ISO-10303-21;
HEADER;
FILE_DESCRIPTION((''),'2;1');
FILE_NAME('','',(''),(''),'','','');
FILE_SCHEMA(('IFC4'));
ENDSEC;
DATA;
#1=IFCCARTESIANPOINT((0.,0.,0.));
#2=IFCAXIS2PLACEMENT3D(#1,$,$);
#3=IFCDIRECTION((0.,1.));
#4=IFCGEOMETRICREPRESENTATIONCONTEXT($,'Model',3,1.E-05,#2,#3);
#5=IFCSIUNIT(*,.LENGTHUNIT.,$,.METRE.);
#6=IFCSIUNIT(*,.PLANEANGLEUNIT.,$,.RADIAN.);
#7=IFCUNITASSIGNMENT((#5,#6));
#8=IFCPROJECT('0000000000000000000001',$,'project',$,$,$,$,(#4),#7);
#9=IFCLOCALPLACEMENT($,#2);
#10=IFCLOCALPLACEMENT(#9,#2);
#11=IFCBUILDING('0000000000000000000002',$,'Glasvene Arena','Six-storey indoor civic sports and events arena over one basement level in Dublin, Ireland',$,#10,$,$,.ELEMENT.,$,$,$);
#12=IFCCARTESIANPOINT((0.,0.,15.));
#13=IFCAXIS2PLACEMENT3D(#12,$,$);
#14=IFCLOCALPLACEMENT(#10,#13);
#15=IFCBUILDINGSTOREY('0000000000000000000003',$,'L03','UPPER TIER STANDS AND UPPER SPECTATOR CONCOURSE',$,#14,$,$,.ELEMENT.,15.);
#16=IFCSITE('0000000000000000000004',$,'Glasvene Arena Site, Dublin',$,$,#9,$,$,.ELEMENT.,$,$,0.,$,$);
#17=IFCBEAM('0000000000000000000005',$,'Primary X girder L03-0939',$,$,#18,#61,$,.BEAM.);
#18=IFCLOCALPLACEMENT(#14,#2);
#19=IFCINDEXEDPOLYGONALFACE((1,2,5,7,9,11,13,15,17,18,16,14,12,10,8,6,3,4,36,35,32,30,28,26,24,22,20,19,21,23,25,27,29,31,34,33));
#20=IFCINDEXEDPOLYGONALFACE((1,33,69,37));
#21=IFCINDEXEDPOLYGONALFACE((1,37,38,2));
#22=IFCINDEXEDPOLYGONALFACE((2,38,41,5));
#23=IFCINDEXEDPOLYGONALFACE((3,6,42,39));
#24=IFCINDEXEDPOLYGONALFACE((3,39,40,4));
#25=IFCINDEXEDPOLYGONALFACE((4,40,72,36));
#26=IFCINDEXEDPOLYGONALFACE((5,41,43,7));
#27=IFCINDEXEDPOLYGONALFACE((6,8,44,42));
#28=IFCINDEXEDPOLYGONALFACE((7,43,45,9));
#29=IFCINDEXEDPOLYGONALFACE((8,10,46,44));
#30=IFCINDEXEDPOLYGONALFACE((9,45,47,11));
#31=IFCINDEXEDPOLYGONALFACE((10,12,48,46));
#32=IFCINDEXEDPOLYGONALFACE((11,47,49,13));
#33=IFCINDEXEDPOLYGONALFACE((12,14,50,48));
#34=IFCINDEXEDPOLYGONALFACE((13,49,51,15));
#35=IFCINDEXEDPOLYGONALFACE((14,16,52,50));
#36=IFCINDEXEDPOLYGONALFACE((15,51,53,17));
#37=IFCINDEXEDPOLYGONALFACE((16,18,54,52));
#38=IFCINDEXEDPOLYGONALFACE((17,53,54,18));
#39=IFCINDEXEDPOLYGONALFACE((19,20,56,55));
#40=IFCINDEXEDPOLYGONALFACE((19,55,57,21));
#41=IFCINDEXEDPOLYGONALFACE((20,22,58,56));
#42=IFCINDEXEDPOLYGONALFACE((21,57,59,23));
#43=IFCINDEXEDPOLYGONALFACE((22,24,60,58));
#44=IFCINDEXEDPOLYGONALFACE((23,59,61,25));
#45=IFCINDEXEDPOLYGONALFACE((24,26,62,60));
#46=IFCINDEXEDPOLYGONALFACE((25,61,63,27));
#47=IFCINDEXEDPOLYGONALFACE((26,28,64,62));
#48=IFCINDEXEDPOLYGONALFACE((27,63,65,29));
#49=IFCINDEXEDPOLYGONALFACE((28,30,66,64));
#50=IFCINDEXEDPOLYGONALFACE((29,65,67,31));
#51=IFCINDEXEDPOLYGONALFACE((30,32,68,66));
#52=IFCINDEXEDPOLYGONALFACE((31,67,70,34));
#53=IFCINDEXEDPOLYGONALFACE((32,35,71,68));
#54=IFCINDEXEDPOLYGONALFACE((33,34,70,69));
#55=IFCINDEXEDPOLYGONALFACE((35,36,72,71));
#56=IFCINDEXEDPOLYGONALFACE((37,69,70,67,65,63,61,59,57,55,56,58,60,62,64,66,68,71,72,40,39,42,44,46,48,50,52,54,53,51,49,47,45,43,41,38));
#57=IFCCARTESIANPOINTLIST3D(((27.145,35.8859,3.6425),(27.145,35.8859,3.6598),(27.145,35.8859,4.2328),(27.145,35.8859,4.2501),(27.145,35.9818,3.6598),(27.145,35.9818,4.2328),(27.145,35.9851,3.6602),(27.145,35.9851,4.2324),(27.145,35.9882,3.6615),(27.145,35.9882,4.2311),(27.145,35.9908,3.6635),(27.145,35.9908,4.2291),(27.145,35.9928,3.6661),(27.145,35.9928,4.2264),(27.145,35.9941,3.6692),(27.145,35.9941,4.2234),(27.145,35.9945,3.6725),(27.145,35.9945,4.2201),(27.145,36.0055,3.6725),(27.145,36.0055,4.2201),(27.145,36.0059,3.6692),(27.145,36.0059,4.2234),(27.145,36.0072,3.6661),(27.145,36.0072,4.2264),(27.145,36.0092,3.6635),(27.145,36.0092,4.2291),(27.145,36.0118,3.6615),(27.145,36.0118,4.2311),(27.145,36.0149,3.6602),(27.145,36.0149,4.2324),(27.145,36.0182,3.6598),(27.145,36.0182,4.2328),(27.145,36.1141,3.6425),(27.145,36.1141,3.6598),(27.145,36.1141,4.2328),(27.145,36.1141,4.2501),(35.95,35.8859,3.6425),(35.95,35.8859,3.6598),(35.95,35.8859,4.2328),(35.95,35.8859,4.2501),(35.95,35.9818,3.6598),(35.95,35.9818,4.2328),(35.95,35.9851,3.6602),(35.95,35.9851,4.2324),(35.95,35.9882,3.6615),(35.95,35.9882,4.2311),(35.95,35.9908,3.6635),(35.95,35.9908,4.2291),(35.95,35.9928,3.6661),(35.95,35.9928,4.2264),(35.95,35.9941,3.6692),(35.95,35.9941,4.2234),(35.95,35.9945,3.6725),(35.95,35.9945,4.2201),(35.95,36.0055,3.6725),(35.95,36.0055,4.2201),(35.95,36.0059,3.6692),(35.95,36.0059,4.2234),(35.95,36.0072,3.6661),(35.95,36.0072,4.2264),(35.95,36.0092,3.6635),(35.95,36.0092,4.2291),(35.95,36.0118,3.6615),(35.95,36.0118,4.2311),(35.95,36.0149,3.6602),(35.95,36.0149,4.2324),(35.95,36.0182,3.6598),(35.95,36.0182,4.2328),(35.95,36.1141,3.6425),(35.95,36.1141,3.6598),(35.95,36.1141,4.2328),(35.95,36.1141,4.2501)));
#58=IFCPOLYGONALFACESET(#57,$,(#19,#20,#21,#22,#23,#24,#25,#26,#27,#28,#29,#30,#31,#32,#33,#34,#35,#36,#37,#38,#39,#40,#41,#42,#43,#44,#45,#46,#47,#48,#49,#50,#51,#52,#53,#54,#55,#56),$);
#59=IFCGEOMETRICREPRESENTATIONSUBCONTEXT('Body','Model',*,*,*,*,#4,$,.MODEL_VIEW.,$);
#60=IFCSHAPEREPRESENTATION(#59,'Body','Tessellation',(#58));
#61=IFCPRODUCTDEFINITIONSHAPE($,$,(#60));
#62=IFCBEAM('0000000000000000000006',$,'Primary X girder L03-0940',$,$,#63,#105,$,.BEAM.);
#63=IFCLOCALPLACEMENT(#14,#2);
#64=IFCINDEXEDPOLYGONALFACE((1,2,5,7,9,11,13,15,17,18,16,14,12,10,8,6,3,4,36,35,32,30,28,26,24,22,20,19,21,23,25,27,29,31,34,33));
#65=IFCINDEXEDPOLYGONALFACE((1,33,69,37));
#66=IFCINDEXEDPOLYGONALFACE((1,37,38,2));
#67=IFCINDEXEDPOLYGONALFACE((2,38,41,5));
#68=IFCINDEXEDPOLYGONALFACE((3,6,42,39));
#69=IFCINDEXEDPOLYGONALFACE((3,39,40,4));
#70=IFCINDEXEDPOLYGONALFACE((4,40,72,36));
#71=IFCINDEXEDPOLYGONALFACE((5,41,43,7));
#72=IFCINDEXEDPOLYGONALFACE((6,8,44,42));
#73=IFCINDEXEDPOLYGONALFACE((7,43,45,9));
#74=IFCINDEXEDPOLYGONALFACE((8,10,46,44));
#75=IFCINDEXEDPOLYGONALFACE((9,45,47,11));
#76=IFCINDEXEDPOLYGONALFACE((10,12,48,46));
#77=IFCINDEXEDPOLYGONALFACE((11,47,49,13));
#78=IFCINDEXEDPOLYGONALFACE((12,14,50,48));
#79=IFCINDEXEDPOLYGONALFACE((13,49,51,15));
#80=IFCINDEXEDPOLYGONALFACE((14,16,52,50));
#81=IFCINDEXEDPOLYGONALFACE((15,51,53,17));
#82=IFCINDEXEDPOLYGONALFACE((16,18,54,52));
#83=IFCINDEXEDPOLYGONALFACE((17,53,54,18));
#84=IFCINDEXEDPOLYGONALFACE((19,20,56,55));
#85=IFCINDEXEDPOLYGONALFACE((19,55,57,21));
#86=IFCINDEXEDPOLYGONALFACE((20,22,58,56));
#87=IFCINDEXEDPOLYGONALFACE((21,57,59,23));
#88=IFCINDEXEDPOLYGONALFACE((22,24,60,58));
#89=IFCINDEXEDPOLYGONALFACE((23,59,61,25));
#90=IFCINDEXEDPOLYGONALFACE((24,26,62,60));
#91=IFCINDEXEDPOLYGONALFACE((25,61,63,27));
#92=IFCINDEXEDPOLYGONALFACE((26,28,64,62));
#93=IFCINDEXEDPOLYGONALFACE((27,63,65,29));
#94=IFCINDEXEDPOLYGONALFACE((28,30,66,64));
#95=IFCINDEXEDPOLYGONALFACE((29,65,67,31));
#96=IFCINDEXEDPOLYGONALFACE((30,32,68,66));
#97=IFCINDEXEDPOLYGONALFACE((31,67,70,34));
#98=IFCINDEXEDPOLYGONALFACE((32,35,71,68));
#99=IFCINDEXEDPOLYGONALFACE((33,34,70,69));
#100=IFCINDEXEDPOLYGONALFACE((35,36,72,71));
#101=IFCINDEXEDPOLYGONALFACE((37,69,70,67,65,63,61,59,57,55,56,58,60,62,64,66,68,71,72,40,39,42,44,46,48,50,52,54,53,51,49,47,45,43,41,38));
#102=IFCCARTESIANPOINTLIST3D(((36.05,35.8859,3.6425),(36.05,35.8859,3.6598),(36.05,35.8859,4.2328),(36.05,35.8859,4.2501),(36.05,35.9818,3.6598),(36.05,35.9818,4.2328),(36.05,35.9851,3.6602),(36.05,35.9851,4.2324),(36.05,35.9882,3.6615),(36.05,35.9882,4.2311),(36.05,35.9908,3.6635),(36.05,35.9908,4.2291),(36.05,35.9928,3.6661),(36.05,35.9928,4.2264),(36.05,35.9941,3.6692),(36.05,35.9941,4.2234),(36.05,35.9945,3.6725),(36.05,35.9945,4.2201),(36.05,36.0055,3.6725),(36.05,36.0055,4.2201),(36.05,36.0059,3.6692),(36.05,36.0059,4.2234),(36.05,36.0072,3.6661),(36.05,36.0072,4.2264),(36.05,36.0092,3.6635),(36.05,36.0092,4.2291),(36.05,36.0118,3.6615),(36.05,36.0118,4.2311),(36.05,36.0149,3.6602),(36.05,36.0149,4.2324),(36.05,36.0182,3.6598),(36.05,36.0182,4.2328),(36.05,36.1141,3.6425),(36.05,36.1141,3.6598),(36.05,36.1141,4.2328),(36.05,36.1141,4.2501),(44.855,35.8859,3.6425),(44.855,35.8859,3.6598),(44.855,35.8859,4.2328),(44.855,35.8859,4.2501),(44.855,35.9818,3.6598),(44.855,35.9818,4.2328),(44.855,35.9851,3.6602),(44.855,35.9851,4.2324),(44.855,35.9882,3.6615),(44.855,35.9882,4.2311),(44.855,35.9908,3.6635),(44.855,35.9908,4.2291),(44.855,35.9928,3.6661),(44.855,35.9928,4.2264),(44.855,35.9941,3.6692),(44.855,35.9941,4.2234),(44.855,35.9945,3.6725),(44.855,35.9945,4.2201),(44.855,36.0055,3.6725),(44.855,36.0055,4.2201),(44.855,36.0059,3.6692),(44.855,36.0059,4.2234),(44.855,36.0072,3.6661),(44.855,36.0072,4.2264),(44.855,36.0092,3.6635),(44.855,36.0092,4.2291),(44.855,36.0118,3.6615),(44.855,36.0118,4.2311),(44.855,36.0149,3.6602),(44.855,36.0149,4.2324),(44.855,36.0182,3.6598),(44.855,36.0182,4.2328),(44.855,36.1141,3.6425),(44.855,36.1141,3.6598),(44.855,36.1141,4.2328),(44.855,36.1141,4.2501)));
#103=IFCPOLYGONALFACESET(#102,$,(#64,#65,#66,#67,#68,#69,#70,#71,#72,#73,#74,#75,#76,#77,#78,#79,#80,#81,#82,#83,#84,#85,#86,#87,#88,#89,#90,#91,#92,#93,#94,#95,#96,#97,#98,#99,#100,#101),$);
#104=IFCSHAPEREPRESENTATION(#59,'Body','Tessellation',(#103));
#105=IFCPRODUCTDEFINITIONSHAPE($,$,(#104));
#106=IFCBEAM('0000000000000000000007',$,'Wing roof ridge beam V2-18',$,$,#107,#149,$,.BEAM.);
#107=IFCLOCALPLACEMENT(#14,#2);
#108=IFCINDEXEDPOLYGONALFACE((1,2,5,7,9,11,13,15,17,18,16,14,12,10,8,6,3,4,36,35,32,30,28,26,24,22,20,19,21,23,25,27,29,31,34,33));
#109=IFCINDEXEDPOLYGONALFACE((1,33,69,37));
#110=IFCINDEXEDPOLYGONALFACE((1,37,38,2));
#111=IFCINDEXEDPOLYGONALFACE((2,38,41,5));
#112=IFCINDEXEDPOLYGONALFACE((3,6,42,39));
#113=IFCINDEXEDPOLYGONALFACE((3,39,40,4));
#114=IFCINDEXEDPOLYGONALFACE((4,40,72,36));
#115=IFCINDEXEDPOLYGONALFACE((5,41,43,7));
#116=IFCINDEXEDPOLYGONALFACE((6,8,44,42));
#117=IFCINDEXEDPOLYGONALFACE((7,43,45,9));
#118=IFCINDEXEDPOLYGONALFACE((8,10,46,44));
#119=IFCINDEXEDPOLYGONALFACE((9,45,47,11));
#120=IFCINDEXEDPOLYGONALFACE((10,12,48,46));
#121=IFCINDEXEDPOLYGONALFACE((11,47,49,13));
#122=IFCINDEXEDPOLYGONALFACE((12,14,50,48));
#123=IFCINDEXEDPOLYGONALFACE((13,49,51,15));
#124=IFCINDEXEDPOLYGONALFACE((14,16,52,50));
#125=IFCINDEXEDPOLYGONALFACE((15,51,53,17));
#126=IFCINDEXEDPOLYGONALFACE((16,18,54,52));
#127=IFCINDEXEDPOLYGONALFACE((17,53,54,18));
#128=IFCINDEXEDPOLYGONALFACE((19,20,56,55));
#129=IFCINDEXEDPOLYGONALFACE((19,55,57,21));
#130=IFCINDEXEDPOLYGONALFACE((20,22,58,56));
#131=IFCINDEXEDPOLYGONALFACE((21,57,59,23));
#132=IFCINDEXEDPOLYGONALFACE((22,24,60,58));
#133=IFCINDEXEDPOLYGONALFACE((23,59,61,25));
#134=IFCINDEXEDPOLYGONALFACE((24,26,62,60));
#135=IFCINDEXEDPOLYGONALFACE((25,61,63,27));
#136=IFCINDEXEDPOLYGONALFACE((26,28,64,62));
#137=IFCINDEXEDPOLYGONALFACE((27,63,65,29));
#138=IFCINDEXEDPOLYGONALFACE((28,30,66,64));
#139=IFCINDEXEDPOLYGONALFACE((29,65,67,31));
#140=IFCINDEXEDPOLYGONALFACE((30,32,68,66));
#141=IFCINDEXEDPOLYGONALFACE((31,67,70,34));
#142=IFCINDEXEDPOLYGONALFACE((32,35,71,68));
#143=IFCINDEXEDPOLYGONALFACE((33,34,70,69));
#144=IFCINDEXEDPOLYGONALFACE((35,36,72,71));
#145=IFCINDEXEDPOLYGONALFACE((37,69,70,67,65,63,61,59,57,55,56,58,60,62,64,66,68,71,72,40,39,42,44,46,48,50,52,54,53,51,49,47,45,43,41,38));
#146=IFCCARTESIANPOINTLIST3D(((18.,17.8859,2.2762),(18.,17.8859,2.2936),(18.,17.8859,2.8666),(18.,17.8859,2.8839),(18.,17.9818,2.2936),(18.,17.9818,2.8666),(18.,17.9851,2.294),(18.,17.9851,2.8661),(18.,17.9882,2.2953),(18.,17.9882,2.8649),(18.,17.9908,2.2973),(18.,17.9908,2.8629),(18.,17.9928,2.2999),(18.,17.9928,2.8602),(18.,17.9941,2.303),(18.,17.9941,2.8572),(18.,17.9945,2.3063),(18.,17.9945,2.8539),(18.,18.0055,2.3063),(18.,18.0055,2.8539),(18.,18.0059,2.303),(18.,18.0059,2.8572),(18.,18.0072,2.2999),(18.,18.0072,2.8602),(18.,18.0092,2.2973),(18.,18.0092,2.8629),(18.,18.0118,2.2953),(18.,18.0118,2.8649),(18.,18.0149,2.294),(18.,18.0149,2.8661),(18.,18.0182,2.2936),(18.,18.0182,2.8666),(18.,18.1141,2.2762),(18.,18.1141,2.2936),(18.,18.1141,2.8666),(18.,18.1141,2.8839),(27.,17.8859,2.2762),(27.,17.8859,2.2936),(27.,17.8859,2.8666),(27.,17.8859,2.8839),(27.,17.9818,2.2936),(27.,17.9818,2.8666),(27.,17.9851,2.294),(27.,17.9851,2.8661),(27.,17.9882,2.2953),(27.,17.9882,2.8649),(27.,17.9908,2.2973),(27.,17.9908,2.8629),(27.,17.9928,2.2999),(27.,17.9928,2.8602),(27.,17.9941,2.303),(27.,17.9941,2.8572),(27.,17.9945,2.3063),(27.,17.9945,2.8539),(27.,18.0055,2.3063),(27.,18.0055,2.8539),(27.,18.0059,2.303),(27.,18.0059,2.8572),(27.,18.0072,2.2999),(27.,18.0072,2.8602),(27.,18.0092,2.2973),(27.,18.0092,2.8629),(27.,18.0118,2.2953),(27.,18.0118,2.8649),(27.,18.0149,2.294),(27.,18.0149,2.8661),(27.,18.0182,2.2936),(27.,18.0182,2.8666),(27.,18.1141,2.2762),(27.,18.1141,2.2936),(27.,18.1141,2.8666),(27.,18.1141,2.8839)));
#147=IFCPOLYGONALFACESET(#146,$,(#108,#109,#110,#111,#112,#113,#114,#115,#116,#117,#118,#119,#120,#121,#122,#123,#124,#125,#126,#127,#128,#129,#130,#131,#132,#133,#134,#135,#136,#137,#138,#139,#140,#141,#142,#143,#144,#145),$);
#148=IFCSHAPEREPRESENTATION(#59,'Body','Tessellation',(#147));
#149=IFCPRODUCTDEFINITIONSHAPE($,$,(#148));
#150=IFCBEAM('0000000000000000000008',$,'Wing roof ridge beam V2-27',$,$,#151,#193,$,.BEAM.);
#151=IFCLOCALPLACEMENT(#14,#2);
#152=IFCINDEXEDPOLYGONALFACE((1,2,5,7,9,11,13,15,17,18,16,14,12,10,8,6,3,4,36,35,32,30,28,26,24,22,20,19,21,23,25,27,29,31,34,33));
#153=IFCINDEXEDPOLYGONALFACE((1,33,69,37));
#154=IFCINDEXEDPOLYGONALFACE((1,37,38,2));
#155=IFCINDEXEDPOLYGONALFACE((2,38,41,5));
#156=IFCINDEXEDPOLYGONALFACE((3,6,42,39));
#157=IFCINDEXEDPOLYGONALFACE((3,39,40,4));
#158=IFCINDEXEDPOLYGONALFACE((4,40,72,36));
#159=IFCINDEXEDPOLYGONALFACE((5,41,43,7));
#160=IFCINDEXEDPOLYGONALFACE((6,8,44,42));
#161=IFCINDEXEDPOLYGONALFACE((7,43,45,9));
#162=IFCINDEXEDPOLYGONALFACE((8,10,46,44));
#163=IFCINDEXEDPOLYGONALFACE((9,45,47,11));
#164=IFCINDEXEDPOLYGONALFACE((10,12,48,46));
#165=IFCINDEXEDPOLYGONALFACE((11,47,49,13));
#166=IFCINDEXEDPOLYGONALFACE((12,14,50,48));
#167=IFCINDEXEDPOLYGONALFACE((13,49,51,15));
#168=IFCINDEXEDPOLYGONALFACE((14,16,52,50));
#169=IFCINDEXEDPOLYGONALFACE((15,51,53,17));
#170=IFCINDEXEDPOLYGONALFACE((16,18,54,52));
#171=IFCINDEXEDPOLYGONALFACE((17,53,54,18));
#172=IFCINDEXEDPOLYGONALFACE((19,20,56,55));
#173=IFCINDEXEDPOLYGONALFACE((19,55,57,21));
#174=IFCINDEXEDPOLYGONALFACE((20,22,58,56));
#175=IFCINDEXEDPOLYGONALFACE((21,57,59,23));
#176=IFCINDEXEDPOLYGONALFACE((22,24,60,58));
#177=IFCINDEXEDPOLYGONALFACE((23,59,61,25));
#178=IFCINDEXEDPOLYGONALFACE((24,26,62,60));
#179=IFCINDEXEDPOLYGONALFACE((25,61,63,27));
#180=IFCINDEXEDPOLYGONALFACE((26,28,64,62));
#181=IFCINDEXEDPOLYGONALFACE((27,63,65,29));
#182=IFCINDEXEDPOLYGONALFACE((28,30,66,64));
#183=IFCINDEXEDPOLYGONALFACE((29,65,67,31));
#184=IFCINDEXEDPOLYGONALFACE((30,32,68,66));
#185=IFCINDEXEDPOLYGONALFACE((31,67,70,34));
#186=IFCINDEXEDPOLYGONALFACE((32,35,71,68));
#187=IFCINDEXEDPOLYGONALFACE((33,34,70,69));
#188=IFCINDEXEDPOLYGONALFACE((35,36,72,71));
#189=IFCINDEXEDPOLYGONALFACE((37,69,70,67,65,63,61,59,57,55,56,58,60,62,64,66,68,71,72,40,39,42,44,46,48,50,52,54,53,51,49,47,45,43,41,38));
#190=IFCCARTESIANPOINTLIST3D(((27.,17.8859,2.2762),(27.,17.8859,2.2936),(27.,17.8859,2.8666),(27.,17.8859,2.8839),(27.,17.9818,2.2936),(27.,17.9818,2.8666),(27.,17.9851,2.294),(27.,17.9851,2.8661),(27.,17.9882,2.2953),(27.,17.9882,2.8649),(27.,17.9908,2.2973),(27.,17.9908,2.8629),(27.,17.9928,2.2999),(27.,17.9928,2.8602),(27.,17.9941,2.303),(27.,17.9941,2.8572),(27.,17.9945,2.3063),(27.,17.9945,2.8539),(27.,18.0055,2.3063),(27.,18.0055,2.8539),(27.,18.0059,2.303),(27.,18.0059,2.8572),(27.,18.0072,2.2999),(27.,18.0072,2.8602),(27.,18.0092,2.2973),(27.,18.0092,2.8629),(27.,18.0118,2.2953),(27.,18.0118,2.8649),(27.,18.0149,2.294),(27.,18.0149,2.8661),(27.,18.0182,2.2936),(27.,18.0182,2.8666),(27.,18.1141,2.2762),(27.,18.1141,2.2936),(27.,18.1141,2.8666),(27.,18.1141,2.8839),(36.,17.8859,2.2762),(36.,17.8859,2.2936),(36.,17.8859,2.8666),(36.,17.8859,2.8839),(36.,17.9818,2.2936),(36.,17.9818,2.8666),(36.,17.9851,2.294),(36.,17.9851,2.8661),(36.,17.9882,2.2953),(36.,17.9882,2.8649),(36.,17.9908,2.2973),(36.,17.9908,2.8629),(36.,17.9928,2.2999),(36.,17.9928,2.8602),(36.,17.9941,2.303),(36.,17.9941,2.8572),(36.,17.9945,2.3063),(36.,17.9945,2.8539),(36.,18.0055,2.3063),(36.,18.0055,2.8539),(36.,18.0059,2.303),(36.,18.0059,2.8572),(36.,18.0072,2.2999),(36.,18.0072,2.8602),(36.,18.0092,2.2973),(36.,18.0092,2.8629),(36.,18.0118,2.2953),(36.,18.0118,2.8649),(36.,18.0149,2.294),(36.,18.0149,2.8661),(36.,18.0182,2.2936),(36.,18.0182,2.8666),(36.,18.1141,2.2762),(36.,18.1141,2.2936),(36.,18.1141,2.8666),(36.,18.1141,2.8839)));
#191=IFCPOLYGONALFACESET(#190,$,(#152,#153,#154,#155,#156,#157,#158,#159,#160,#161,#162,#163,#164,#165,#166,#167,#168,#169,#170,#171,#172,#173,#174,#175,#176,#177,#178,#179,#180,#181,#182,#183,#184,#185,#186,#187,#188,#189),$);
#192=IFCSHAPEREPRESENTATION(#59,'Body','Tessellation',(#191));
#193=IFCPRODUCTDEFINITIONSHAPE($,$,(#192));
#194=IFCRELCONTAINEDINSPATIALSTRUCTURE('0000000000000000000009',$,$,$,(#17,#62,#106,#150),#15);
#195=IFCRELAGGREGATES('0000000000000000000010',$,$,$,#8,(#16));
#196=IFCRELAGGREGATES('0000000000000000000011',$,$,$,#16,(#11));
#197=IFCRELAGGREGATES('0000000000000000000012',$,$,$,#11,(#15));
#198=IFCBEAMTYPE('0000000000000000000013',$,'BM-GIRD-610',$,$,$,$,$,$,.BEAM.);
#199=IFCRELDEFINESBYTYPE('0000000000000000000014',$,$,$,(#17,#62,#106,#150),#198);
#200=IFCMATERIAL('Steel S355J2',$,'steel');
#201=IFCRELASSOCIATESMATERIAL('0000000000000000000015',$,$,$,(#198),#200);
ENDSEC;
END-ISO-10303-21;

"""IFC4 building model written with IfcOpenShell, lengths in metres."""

from ifc_helpers import new_model, si_unit, direction, frame, origin, origin_2d, place, context, subcontext, project, spatial, i_section, extrude, material, material_profile, profile_set, type_object, element, save


model = new_model("IFC4")

# Units and contexts
model_context = context("Model", 3, precision=1e-05, world=origin(), true_north=direction((0.0, 1.0)))
body_context = subcontext(model_context, "Body", "Model", "MODEL_VIEW")
ifc_project = project(units=[si_unit("LENGTHUNIT", "METRE"), si_unit("PLANEANGLEUNIT", "RADIAN")], contexts=[model_context])

# Site, building, storey
site_placement = place(None, origin())
site = spatial("IfcSite", under=ifc_project, at=site_placement, Name="Glasvene Arena Site, Dublin", CompositionType="ELEMENT", RefElevation=0.0)
building_placement = place(site_placement, origin())
building = spatial("IfcBuilding", under=site, at=building_placement, Name="Glasvene Arena", Description="Six-storey indoor civic sports and events arena over one basement level in Dublin, Ireland", CompositionType="ELEMENT")
storey_placement = place(building_placement, frame((0.0, 0.0, 15.0)))
storey = spatial("IfcBuildingStorey", under=building, at=storey_placement, Name="L03", Description="UPPER TIER STANDS AND UPPER SPECTATOR CONCOURSE", CompositionType="ELEMENT", Elevation=15.0)

# Shared definitions
ifc_material_1 = material(Name="Steel S355J2", Category="steel")

# Beams
ifc_material_profile_1 = material_profile(ifc_material_1, i_section(OverallWidth=0.2283, OverallDepth=0.6077, WebThickness=0.011, FlangeThickness=0.0173, FilletRadius=0.0127, at=origin_2d()), Name="UKB 610x229x113")
ifc_profile_set_1 = profile_set([ifc_material_profile_1], Name="Steel S355J2")
beam_type_1 = type_object("IfcBeamType", Name="BM-GIRD-610", PredefinedType="BEAM", material=ifc_profile_set_1)
for number, where, z_axis, x_axis, name in (
    (1, (27.145, 36.0, 3.9463), (1.0, 0.0, 0.0), (0.0, 1.0, 0.0), "Primary X girder L03-0939"),
    (2, (36.05, 36.0, 3.9463), (1.0, 0.0, 0.0), (0.0, 1.0, 0.0), "Primary X girder L03-0940"),
):
    element("IfcBeam", number, at=place(storey_placement, frame(where, z_axis=z_axis, x_axis=x_axis)), inside=storey, type_object=beam_type_1, Name=name, PredefinedType="BEAM", context=body_context, shape_type="SweptSolid", body=[
        extrude(i_section(OverallWidth=0.2283, OverallDepth=0.6077, WebThickness=0.011, FlangeThickness=0.0173, FilletRadius=0.0127, at=origin_2d()), origin(), (0.0, 0.0, 1.0), 8.8049),
    ])
for number, where, z_axis, x_axis, name in (
    (3, (18.0, 18.0, 2.5801), (1.0, 0.0, 0.0), (0.0, 1.0, 0.0), "Wing roof ridge beam V2-18"),
    (4, (27.0, 18.0, 2.5801), (1.0, 0.0, 0.0), (0.0, 1.0, 0.0), "Wing roof ridge beam V2-27"),
):
    element("IfcBeam", number, at=place(storey_placement, frame(where, z_axis=z_axis, x_axis=x_axis)), inside=storey, type_object=beam_type_1, Name=name, PredefinedType="BEAM", context=body_context, shape_type="SweptSolid", body=[
        extrude(i_section(OverallWidth=0.2283, OverallDepth=0.6077, WebThickness=0.011, FlangeThickness=0.0173, FilletRadius=0.0127, at=origin_2d()), origin(), (0.0, 0.0, 1.0), 9.0),
    ])

save(model, "model.ifc")
